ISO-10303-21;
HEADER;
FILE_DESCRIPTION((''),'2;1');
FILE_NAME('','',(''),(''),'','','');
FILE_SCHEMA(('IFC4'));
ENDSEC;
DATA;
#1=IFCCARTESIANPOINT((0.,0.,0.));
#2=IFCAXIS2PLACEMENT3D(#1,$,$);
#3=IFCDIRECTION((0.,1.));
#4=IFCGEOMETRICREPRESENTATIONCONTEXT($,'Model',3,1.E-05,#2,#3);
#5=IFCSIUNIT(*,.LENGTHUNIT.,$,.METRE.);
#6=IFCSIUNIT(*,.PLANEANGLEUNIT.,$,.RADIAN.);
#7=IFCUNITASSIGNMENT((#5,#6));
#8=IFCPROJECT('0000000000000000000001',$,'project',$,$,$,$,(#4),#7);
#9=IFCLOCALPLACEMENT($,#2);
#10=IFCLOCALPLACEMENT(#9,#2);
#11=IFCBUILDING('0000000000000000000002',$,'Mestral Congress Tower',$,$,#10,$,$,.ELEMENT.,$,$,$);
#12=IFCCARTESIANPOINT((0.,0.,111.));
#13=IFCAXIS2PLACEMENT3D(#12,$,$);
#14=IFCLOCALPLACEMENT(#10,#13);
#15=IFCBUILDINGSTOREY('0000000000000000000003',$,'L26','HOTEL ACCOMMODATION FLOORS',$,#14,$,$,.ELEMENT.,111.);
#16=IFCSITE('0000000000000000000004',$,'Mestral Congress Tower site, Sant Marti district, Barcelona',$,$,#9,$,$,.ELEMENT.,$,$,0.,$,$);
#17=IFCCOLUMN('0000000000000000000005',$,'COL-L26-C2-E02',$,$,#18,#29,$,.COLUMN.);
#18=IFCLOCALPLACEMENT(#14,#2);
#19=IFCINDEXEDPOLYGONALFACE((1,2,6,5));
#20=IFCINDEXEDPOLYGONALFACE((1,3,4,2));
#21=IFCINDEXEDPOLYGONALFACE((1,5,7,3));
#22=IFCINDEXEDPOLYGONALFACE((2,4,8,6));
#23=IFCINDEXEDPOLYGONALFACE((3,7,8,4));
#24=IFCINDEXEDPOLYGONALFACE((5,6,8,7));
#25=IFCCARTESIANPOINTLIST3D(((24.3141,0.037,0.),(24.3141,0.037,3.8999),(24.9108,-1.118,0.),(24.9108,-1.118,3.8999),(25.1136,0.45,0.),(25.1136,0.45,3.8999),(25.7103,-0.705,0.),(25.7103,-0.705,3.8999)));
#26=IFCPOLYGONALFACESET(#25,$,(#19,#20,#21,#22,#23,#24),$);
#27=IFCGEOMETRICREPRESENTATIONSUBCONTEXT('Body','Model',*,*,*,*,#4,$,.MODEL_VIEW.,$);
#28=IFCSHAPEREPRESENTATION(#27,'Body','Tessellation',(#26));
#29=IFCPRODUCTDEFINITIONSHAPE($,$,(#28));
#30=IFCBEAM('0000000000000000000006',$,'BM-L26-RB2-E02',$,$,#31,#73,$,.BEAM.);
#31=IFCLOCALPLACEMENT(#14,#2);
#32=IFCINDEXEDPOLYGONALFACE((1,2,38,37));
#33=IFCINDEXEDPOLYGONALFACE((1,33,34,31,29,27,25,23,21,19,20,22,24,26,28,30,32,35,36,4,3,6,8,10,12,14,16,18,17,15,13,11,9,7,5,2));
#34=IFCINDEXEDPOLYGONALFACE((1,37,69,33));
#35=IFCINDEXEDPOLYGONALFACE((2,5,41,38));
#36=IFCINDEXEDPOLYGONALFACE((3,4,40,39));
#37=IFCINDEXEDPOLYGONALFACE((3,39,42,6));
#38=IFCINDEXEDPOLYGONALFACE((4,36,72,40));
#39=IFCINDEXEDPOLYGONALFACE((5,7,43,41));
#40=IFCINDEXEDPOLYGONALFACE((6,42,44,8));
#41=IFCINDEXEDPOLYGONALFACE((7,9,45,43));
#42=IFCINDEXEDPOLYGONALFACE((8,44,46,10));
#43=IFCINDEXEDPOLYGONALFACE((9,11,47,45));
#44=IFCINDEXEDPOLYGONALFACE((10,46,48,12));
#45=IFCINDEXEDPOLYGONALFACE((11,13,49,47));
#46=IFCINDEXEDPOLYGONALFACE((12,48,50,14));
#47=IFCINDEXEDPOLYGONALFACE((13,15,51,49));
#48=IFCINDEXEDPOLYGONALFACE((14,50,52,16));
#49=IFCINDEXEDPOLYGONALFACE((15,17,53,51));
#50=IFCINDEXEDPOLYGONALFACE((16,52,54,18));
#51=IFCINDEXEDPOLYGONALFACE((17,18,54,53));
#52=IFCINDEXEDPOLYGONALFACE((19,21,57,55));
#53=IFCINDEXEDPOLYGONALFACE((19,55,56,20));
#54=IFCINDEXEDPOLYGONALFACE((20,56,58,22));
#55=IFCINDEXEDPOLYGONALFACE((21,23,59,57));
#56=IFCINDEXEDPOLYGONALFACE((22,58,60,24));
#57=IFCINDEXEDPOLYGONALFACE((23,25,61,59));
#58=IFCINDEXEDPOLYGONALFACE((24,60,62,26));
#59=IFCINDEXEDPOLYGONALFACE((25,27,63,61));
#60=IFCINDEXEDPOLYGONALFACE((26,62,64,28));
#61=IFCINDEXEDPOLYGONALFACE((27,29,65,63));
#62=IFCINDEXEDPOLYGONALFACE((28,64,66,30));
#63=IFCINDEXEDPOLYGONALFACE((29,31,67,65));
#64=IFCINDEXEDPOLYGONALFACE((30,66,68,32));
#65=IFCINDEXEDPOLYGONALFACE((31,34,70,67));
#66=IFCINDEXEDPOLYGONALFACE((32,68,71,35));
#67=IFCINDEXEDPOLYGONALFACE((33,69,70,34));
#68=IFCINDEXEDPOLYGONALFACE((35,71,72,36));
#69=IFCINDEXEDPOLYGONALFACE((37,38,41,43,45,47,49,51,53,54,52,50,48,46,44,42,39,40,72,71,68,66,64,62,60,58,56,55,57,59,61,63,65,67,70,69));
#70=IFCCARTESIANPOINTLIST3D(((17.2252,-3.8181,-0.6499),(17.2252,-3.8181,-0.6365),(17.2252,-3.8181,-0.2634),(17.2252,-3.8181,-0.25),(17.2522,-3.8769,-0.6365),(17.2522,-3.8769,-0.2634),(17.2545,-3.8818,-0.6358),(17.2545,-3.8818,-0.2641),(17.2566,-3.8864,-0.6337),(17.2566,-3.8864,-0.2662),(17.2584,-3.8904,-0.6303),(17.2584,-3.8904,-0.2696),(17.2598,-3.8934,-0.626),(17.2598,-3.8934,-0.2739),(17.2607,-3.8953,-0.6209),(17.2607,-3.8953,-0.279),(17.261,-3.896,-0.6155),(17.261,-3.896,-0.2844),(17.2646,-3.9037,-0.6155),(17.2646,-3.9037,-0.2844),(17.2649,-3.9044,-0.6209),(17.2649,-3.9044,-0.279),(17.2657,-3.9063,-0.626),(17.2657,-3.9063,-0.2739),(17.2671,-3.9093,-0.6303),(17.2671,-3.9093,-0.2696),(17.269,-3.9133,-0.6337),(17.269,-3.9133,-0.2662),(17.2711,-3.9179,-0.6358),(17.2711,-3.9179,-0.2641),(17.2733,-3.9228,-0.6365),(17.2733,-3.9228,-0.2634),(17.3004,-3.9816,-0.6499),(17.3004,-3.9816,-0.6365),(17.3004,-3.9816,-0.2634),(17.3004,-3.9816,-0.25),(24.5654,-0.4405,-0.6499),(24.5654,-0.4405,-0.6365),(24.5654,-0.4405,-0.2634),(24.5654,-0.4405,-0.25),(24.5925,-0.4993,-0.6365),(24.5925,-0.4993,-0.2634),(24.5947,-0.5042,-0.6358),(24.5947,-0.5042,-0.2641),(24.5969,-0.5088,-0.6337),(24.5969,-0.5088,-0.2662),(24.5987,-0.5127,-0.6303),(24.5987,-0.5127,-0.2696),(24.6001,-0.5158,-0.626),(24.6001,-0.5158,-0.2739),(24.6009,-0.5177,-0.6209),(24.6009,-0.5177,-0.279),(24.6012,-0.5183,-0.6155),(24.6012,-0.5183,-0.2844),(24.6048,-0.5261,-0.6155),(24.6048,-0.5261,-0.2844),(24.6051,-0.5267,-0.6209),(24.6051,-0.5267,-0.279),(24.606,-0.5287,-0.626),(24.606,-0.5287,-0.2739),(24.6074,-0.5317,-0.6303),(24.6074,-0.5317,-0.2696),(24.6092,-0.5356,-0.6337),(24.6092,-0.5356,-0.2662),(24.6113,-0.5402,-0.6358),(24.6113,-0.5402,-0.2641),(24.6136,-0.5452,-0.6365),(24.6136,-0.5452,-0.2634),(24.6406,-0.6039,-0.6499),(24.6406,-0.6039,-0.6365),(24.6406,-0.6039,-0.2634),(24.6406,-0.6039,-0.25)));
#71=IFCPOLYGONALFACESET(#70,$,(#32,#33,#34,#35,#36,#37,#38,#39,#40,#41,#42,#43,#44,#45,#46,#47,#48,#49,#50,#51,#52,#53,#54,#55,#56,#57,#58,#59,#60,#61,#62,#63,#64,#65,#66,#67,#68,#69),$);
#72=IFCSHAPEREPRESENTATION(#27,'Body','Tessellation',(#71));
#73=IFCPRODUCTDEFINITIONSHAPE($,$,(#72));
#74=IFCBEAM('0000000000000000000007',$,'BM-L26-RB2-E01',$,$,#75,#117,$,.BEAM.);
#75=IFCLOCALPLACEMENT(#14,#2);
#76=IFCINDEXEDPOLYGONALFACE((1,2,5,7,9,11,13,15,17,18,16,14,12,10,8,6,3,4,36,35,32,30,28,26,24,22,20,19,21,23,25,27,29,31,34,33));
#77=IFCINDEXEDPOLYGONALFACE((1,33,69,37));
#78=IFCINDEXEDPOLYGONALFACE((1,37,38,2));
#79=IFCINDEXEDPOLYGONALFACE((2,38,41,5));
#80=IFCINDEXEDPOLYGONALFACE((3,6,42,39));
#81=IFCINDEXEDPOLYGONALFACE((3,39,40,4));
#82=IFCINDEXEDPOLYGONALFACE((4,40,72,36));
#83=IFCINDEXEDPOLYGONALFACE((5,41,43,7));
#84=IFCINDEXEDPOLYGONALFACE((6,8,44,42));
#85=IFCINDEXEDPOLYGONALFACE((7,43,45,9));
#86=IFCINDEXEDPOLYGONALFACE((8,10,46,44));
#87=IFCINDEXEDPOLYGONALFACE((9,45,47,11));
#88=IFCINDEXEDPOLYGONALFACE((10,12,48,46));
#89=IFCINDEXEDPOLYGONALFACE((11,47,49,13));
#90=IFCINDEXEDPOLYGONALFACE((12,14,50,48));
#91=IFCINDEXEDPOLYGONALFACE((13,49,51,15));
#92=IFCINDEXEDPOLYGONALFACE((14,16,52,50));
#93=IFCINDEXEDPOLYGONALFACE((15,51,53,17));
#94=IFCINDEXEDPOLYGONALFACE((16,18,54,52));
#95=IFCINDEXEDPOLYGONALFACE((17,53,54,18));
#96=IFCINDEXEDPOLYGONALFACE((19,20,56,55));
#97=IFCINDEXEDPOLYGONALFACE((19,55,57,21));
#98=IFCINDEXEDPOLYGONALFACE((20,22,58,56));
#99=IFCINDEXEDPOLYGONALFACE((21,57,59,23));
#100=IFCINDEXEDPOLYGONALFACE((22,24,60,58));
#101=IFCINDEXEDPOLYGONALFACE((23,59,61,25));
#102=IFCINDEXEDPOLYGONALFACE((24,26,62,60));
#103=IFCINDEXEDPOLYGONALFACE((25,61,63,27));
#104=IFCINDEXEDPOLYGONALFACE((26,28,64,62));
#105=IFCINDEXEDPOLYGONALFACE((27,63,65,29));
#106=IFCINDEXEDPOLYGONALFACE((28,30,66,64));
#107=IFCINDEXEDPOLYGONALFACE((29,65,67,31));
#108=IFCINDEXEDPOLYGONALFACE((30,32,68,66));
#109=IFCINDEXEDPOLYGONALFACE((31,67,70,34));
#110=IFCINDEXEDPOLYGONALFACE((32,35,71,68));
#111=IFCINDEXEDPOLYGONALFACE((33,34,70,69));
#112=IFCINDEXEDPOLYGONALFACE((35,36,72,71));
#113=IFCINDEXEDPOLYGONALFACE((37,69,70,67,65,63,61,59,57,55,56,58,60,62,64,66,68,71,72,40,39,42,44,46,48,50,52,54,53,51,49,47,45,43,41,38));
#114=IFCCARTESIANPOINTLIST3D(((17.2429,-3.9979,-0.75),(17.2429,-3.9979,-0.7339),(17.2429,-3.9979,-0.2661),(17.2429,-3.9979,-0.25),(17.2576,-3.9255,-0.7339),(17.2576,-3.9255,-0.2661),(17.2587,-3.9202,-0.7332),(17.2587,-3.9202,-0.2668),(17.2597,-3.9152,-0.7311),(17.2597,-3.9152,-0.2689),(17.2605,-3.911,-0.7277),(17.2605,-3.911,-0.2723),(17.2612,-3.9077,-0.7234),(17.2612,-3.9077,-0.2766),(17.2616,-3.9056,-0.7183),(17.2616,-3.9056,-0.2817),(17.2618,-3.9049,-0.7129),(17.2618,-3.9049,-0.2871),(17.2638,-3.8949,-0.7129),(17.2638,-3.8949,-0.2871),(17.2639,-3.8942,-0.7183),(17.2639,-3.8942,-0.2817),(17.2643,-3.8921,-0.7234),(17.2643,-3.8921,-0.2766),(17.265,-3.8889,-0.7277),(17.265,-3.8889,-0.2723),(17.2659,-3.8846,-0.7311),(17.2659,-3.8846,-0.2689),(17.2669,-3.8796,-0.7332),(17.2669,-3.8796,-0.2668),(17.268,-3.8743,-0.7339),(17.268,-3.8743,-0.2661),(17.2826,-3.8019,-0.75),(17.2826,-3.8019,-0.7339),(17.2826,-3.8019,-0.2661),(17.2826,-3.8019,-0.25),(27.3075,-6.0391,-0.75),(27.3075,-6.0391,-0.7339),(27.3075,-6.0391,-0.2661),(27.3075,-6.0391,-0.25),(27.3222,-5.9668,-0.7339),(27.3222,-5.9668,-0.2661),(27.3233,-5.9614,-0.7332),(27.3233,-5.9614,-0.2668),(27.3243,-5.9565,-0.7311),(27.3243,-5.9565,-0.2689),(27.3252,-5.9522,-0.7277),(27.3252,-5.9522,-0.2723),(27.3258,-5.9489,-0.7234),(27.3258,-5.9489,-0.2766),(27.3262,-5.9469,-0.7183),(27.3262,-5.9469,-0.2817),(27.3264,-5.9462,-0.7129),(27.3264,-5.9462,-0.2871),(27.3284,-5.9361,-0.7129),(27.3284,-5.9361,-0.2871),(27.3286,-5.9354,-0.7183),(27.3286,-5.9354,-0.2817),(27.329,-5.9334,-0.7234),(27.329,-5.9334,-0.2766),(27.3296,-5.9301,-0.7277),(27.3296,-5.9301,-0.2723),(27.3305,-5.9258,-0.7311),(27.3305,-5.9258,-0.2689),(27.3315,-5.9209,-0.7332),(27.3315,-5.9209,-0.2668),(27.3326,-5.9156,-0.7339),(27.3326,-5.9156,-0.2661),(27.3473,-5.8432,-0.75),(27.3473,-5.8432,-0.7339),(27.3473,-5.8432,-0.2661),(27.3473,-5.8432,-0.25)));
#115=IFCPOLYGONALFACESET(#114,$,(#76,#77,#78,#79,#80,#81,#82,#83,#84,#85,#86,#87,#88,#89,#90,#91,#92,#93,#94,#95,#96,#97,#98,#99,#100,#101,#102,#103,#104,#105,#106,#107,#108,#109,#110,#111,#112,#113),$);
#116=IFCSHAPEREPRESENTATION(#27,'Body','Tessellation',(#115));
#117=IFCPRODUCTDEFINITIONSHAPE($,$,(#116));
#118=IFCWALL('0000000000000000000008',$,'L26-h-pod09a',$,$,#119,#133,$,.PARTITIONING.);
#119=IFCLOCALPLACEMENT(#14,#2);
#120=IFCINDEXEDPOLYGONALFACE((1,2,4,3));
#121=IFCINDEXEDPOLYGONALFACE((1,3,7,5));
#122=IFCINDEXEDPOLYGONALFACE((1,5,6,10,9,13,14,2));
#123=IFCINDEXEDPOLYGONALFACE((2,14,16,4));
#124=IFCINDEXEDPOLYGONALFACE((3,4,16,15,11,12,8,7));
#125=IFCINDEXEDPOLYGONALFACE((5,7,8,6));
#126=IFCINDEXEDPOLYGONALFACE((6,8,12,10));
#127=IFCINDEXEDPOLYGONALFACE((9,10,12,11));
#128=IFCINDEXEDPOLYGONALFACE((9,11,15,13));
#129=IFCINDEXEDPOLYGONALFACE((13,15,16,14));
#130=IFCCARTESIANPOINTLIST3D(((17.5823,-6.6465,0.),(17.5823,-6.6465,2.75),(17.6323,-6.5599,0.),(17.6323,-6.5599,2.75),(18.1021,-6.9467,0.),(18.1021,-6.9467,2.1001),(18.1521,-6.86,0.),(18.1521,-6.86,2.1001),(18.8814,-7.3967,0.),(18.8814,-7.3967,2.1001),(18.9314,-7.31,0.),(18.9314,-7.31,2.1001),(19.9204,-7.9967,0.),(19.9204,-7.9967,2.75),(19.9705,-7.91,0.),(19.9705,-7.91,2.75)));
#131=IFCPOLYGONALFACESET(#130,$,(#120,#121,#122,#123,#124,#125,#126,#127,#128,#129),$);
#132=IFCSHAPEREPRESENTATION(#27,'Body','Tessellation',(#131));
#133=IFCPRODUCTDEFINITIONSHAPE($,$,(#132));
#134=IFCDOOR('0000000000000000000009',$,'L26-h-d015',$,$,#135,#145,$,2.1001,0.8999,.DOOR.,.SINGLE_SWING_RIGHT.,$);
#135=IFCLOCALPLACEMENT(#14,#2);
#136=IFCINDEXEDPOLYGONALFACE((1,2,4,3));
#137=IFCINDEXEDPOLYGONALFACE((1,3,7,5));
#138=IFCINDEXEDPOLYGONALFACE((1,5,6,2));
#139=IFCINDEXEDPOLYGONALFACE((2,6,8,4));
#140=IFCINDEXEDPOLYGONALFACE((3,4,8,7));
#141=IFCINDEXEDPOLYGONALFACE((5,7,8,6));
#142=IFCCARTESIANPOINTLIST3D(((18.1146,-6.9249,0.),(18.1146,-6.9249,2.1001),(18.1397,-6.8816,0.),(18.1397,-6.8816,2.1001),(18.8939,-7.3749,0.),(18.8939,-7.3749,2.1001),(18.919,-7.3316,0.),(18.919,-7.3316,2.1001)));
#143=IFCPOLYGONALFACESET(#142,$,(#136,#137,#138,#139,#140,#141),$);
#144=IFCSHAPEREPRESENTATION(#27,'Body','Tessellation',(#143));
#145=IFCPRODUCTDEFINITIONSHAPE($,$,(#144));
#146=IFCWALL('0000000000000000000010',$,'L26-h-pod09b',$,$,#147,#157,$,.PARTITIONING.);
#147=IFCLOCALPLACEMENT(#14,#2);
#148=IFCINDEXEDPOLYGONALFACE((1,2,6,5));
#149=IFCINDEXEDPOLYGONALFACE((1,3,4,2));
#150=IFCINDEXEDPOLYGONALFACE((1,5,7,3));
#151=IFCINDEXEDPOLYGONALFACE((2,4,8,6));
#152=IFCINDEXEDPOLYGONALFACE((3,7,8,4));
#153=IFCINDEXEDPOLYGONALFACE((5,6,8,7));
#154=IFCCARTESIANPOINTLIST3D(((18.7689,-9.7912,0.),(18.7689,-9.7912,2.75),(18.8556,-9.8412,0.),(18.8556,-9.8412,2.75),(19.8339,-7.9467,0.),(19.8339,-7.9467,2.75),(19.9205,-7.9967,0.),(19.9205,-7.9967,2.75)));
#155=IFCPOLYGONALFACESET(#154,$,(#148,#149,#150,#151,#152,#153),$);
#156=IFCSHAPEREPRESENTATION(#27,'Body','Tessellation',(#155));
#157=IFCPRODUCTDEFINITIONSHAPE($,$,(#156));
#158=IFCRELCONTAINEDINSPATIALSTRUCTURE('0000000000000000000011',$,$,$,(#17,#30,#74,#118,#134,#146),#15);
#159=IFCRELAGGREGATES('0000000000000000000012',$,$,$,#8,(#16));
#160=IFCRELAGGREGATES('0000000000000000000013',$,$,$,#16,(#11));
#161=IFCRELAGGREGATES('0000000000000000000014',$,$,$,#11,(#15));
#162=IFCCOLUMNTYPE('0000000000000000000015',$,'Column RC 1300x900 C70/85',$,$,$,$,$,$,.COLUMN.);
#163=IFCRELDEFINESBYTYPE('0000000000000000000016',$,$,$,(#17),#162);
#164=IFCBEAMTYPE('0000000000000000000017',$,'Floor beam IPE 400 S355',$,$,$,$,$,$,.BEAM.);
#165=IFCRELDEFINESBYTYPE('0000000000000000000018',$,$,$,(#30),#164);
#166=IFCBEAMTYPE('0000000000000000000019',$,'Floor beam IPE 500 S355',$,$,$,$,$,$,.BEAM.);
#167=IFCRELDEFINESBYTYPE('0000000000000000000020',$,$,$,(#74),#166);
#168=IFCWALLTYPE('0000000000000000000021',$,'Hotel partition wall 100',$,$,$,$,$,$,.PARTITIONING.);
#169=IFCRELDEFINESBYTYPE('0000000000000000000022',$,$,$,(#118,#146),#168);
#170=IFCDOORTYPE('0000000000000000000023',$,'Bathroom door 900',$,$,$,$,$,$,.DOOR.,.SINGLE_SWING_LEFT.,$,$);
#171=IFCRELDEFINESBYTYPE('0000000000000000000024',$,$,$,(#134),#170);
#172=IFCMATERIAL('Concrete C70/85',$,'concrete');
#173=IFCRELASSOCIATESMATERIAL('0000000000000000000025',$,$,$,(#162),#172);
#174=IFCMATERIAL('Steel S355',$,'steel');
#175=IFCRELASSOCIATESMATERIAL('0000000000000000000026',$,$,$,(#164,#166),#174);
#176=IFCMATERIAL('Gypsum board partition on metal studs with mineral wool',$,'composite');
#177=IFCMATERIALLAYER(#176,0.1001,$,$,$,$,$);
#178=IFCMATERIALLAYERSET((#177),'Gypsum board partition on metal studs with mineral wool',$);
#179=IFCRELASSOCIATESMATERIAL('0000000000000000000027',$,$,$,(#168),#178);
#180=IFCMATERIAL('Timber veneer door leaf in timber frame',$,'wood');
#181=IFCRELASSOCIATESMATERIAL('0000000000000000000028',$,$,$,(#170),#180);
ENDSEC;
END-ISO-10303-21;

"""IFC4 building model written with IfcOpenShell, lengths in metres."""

from ifc_helpers import new_model, si_unit, direction, frame, frame_2d, origin, origin_2d, place, context, subcontext, project, spatial, rectangle, i_section, extrude, material, layer, layer_set, material_profile, profile_set, type_object, element, fill, save


model = new_model("IFC4")

# Units and contexts
model_context = context("Model", 3, precision=1e-05, world=origin(), true_north=direction((0.0, 1.0)))
body_context = subcontext(model_context, "Body", "Model", "MODEL_VIEW")
ifc_project = project(units=[si_unit("LENGTHUNIT", "METRE"), si_unit("PLANEANGLEUNIT", "RADIAN")], contexts=[model_context])

# Site, building, storey
site_placement = place(None, origin())
site = spatial("IfcSite", under=ifc_project, at=site_placement, Name="Mestral Congress Tower site, Sant Marti district, Barcelona", CompositionType="ELEMENT", RefElevation=0.0)
building_placement = place(site_placement, origin())
building = spatial("IfcBuilding", under=site, at=building_placement, Name="Mestral Congress Tower", CompositionType="ELEMENT")
storey_placement = place(building_placement, frame((0.0, 0.0, 111.0)))
storey = spatial("IfcBuildingStorey", under=building, at=storey_placement, Name="L26", Description="HOTEL ACCOMMODATION FLOORS", CompositionType="ELEMENT", Elevation=111.0)

# Column
ifc_material_1 = material(Name="Concrete C70/85", Category="concrete")
ifc_material_profile_1 = material_profile(ifc_material_1, rectangle(XDim=1.3, YDim=0.8999, at=origin_2d()), Name="RC 1300x900")
ifc_profile_set_1 = profile_set([ifc_material_profile_1], Name="Concrete C70/85")
column_type = type_object("IfcColumnType", Name="Column RC 1300x900 C70/85", PredefinedType="COLUMN", material=ifc_profile_set_1)
column_placement = place(storey_placement, frame((25.0122, -0.334, 0.0), z_axis=(0.0, 0.0, 1.0), x_axis=(-0.458961, 0.888456, 0.0)))
element("IfcColumn", 1, at=column_placement, inside=storey, type_object=column_type, Name="COL-L26-C2-E02", PredefinedType="COLUMN", context=body_context, shape_type="SweptSolid", body=[
    extrude(rectangle(XDim=1.3, YDim=0.8999, at=origin_2d()), origin(), (0.0, 0.0, 1.0), 3.8999),
])

# Beams
ifc_material_2 = material(Name="Steel S355", Category="steel")
ifc_material_profile_2 = material_profile(ifc_material_2, i_section(OverallWidth=0.1799, OverallDepth=0.3999, WebThickness=0.0085, FlangeThickness=0.0134, FilletRadius=0.021, at=origin_2d()), Name="IPE 400")
ifc_profile_set_2 = profile_set([ifc_material_profile_2], Name="Steel S355")
beam_type_1 = type_object("IfcBeamType", Name="Floor beam IPE 400 S355", PredefinedType="BEAM", material=ifc_profile_set_2)
beam_1_placement = place(storey_placement, frame((24.603, -0.5222, -0.45), z_axis=(-0.908437, -0.418021, 0.0), x_axis=(0.418021, -0.908437, 0.0)))
element("IfcBeam", 2, at=beam_1_placement, inside=storey, type_object=beam_type_1, Name="BM-L26-RB2-E02", PredefinedType="BEAM", context=body_context, shape_type="SweptSolid", body=[
    extrude(i_section(OverallWidth=0.1799, OverallDepth=0.3999, WebThickness=0.0085, FlangeThickness=0.0134, FilletRadius=0.021, at=origin_2d()), origin(), (0.0, 0.0, 1.0), 8.0801),
])
ifc_material_profile_3 = material_profile(ifc_material_2, i_section(OverallWidth=0.2, OverallDepth=0.5, WebThickness=0.0103, FlangeThickness=0.0161, FilletRadius=0.021, at=origin_2d()), Name="IPE 500")
ifc_profile_set_3 = profile_set([ifc_material_profile_3], Name="Steel S355")
beam_type_2 = type_object("IfcBeamType", Name="Floor beam IPE 500 S355", PredefinedType="BEAM", material=ifc_profile_set_3)
beam_2_placement = place(storey_placement, frame((27.3274, -5.9412, -0.5), z_axis=(-0.980047, 0.198767, 0.0), x_axis=(-0.198767, -0.980047, 0.0)))
element("IfcBeam", 3, at=beam_2_placement, inside=storey, type_object=beam_type_2, Name="BM-L26-RB2-E01", PredefinedType="BEAM", context=body_context, shape_type="SweptSolid", body=[
    extrude(i_section(OverallWidth=0.2, OverallDepth=0.5, WebThickness=0.0103, FlangeThickness=0.0161, FilletRadius=0.021, at=origin_2d()), origin(), (0.0, 0.0, 1.0), 10.2695),
])

# Wall, opening, door
ifc_material_3 = material(Name="Gypsum board partition on metal studs with mineral wool", Category="composite")
ifc_layer_1 = layer(ifc_material_3, 0.1001)
ifc_layer_set_1 = layer_set([ifc_layer_1], Name="Gypsum board partition on metal studs with mineral wool")
wall_type_1 = type_object("IfcWallType", Name="Hotel partition wall 100", PredefinedType="PARTITIONING", material=ifc_layer_set_1)
wall_1_placement = place(storey_placement, frame((19.9456, -7.9534, 0.0), z_axis=(0.0, 0.0, 1.0), x_axis=(-0.865997, 0.500049, 0.0)))
wall_1 = element("IfcWall", 4, at=wall_1_placement, inside=storey, type_object=wall_type_1, Name="L26-h-pod09a", PredefinedType="PARTITIONING", context=body_context, shape_type="SweptSolid", body=[
    extrude(rectangle(XDim=2.7, YDim=0.1001, at=frame_2d((1.3501, 0.0))), origin(), (0.0, 0.0, 1.0), 2.75),
])
opening_1_placement = place(wall_1_placement, frame((1.2, 0.0, 0.0)))
opening_1 = element("IfcOpeningElement", 5, at=opening_1_placement, cuts=wall_1, PredefinedType="OPENING", context=body_context, shape_type="SweptSolid", body=[
    extrude(rectangle(XDim=0.8999, YDim=2.1001, at=frame_2d((0.45, 1.05))), frame((0.0, 0.0601, 0.0), z_axis=(0.0, -1.0, 0.0), x_axis=(1.0, 0.0, 0.0)), (0.0, 0.0, 1.0), 0.1201),
])
ifc_material_4 = material(Name="Timber veneer door leaf in timber frame", Category="wood")
door_type_1 = type_object("IfcDoorType", Name="Bathroom door 900", OperationType="SINGLE_SWING_LEFT", PredefinedType="DOOR", material=ifc_material_4)
door_1_placement = place(opening_1_placement, origin())
door_1 = element("IfcDoor", 6, at=door_1_placement, inside=storey, type_object=door_type_1, Name="L26-h-d015", OperationType="SINGLE_SWING_RIGHT", OverallHeight=2.1001, OverallWidth=0.8999, PredefinedType="DOOR", context=body_context, shape_type="SweptSolid", body=[
    extrude(rectangle(XDim=0.8999, YDim=2.1001, at=frame_2d((0.45, 1.05))), frame((0.0, 0.0249, 0.0), z_axis=(0.0, -1.0, 0.0), x_axis=(1.0, 0.0, 0.0)), (0.0, 0.0, 1.0), 0.05),
])
fill(opening_1, door_1)

# Wall
wall_2_placement = place(storey_placement, frame((19.8772, -7.9717, 0.0), z_axis=(0.0, 0.0, 1.0), x_axis=(-0.50001, -0.86602, 0.0)))
element("IfcWall", 7, at=wall_2_placement, inside=storey, type_object=wall_type_1, Name="L26-h-pod09b", PredefinedType="PARTITIONING", context=body_context, shape_type="SweptSolid", body=[
    extrude(rectangle(XDim=2.1299, YDim=0.1001, at=frame_2d((1.0649, 0.0))), origin(), (0.0, 0.0, 1.0), 2.75),
])

save(model, "model.ifc")
